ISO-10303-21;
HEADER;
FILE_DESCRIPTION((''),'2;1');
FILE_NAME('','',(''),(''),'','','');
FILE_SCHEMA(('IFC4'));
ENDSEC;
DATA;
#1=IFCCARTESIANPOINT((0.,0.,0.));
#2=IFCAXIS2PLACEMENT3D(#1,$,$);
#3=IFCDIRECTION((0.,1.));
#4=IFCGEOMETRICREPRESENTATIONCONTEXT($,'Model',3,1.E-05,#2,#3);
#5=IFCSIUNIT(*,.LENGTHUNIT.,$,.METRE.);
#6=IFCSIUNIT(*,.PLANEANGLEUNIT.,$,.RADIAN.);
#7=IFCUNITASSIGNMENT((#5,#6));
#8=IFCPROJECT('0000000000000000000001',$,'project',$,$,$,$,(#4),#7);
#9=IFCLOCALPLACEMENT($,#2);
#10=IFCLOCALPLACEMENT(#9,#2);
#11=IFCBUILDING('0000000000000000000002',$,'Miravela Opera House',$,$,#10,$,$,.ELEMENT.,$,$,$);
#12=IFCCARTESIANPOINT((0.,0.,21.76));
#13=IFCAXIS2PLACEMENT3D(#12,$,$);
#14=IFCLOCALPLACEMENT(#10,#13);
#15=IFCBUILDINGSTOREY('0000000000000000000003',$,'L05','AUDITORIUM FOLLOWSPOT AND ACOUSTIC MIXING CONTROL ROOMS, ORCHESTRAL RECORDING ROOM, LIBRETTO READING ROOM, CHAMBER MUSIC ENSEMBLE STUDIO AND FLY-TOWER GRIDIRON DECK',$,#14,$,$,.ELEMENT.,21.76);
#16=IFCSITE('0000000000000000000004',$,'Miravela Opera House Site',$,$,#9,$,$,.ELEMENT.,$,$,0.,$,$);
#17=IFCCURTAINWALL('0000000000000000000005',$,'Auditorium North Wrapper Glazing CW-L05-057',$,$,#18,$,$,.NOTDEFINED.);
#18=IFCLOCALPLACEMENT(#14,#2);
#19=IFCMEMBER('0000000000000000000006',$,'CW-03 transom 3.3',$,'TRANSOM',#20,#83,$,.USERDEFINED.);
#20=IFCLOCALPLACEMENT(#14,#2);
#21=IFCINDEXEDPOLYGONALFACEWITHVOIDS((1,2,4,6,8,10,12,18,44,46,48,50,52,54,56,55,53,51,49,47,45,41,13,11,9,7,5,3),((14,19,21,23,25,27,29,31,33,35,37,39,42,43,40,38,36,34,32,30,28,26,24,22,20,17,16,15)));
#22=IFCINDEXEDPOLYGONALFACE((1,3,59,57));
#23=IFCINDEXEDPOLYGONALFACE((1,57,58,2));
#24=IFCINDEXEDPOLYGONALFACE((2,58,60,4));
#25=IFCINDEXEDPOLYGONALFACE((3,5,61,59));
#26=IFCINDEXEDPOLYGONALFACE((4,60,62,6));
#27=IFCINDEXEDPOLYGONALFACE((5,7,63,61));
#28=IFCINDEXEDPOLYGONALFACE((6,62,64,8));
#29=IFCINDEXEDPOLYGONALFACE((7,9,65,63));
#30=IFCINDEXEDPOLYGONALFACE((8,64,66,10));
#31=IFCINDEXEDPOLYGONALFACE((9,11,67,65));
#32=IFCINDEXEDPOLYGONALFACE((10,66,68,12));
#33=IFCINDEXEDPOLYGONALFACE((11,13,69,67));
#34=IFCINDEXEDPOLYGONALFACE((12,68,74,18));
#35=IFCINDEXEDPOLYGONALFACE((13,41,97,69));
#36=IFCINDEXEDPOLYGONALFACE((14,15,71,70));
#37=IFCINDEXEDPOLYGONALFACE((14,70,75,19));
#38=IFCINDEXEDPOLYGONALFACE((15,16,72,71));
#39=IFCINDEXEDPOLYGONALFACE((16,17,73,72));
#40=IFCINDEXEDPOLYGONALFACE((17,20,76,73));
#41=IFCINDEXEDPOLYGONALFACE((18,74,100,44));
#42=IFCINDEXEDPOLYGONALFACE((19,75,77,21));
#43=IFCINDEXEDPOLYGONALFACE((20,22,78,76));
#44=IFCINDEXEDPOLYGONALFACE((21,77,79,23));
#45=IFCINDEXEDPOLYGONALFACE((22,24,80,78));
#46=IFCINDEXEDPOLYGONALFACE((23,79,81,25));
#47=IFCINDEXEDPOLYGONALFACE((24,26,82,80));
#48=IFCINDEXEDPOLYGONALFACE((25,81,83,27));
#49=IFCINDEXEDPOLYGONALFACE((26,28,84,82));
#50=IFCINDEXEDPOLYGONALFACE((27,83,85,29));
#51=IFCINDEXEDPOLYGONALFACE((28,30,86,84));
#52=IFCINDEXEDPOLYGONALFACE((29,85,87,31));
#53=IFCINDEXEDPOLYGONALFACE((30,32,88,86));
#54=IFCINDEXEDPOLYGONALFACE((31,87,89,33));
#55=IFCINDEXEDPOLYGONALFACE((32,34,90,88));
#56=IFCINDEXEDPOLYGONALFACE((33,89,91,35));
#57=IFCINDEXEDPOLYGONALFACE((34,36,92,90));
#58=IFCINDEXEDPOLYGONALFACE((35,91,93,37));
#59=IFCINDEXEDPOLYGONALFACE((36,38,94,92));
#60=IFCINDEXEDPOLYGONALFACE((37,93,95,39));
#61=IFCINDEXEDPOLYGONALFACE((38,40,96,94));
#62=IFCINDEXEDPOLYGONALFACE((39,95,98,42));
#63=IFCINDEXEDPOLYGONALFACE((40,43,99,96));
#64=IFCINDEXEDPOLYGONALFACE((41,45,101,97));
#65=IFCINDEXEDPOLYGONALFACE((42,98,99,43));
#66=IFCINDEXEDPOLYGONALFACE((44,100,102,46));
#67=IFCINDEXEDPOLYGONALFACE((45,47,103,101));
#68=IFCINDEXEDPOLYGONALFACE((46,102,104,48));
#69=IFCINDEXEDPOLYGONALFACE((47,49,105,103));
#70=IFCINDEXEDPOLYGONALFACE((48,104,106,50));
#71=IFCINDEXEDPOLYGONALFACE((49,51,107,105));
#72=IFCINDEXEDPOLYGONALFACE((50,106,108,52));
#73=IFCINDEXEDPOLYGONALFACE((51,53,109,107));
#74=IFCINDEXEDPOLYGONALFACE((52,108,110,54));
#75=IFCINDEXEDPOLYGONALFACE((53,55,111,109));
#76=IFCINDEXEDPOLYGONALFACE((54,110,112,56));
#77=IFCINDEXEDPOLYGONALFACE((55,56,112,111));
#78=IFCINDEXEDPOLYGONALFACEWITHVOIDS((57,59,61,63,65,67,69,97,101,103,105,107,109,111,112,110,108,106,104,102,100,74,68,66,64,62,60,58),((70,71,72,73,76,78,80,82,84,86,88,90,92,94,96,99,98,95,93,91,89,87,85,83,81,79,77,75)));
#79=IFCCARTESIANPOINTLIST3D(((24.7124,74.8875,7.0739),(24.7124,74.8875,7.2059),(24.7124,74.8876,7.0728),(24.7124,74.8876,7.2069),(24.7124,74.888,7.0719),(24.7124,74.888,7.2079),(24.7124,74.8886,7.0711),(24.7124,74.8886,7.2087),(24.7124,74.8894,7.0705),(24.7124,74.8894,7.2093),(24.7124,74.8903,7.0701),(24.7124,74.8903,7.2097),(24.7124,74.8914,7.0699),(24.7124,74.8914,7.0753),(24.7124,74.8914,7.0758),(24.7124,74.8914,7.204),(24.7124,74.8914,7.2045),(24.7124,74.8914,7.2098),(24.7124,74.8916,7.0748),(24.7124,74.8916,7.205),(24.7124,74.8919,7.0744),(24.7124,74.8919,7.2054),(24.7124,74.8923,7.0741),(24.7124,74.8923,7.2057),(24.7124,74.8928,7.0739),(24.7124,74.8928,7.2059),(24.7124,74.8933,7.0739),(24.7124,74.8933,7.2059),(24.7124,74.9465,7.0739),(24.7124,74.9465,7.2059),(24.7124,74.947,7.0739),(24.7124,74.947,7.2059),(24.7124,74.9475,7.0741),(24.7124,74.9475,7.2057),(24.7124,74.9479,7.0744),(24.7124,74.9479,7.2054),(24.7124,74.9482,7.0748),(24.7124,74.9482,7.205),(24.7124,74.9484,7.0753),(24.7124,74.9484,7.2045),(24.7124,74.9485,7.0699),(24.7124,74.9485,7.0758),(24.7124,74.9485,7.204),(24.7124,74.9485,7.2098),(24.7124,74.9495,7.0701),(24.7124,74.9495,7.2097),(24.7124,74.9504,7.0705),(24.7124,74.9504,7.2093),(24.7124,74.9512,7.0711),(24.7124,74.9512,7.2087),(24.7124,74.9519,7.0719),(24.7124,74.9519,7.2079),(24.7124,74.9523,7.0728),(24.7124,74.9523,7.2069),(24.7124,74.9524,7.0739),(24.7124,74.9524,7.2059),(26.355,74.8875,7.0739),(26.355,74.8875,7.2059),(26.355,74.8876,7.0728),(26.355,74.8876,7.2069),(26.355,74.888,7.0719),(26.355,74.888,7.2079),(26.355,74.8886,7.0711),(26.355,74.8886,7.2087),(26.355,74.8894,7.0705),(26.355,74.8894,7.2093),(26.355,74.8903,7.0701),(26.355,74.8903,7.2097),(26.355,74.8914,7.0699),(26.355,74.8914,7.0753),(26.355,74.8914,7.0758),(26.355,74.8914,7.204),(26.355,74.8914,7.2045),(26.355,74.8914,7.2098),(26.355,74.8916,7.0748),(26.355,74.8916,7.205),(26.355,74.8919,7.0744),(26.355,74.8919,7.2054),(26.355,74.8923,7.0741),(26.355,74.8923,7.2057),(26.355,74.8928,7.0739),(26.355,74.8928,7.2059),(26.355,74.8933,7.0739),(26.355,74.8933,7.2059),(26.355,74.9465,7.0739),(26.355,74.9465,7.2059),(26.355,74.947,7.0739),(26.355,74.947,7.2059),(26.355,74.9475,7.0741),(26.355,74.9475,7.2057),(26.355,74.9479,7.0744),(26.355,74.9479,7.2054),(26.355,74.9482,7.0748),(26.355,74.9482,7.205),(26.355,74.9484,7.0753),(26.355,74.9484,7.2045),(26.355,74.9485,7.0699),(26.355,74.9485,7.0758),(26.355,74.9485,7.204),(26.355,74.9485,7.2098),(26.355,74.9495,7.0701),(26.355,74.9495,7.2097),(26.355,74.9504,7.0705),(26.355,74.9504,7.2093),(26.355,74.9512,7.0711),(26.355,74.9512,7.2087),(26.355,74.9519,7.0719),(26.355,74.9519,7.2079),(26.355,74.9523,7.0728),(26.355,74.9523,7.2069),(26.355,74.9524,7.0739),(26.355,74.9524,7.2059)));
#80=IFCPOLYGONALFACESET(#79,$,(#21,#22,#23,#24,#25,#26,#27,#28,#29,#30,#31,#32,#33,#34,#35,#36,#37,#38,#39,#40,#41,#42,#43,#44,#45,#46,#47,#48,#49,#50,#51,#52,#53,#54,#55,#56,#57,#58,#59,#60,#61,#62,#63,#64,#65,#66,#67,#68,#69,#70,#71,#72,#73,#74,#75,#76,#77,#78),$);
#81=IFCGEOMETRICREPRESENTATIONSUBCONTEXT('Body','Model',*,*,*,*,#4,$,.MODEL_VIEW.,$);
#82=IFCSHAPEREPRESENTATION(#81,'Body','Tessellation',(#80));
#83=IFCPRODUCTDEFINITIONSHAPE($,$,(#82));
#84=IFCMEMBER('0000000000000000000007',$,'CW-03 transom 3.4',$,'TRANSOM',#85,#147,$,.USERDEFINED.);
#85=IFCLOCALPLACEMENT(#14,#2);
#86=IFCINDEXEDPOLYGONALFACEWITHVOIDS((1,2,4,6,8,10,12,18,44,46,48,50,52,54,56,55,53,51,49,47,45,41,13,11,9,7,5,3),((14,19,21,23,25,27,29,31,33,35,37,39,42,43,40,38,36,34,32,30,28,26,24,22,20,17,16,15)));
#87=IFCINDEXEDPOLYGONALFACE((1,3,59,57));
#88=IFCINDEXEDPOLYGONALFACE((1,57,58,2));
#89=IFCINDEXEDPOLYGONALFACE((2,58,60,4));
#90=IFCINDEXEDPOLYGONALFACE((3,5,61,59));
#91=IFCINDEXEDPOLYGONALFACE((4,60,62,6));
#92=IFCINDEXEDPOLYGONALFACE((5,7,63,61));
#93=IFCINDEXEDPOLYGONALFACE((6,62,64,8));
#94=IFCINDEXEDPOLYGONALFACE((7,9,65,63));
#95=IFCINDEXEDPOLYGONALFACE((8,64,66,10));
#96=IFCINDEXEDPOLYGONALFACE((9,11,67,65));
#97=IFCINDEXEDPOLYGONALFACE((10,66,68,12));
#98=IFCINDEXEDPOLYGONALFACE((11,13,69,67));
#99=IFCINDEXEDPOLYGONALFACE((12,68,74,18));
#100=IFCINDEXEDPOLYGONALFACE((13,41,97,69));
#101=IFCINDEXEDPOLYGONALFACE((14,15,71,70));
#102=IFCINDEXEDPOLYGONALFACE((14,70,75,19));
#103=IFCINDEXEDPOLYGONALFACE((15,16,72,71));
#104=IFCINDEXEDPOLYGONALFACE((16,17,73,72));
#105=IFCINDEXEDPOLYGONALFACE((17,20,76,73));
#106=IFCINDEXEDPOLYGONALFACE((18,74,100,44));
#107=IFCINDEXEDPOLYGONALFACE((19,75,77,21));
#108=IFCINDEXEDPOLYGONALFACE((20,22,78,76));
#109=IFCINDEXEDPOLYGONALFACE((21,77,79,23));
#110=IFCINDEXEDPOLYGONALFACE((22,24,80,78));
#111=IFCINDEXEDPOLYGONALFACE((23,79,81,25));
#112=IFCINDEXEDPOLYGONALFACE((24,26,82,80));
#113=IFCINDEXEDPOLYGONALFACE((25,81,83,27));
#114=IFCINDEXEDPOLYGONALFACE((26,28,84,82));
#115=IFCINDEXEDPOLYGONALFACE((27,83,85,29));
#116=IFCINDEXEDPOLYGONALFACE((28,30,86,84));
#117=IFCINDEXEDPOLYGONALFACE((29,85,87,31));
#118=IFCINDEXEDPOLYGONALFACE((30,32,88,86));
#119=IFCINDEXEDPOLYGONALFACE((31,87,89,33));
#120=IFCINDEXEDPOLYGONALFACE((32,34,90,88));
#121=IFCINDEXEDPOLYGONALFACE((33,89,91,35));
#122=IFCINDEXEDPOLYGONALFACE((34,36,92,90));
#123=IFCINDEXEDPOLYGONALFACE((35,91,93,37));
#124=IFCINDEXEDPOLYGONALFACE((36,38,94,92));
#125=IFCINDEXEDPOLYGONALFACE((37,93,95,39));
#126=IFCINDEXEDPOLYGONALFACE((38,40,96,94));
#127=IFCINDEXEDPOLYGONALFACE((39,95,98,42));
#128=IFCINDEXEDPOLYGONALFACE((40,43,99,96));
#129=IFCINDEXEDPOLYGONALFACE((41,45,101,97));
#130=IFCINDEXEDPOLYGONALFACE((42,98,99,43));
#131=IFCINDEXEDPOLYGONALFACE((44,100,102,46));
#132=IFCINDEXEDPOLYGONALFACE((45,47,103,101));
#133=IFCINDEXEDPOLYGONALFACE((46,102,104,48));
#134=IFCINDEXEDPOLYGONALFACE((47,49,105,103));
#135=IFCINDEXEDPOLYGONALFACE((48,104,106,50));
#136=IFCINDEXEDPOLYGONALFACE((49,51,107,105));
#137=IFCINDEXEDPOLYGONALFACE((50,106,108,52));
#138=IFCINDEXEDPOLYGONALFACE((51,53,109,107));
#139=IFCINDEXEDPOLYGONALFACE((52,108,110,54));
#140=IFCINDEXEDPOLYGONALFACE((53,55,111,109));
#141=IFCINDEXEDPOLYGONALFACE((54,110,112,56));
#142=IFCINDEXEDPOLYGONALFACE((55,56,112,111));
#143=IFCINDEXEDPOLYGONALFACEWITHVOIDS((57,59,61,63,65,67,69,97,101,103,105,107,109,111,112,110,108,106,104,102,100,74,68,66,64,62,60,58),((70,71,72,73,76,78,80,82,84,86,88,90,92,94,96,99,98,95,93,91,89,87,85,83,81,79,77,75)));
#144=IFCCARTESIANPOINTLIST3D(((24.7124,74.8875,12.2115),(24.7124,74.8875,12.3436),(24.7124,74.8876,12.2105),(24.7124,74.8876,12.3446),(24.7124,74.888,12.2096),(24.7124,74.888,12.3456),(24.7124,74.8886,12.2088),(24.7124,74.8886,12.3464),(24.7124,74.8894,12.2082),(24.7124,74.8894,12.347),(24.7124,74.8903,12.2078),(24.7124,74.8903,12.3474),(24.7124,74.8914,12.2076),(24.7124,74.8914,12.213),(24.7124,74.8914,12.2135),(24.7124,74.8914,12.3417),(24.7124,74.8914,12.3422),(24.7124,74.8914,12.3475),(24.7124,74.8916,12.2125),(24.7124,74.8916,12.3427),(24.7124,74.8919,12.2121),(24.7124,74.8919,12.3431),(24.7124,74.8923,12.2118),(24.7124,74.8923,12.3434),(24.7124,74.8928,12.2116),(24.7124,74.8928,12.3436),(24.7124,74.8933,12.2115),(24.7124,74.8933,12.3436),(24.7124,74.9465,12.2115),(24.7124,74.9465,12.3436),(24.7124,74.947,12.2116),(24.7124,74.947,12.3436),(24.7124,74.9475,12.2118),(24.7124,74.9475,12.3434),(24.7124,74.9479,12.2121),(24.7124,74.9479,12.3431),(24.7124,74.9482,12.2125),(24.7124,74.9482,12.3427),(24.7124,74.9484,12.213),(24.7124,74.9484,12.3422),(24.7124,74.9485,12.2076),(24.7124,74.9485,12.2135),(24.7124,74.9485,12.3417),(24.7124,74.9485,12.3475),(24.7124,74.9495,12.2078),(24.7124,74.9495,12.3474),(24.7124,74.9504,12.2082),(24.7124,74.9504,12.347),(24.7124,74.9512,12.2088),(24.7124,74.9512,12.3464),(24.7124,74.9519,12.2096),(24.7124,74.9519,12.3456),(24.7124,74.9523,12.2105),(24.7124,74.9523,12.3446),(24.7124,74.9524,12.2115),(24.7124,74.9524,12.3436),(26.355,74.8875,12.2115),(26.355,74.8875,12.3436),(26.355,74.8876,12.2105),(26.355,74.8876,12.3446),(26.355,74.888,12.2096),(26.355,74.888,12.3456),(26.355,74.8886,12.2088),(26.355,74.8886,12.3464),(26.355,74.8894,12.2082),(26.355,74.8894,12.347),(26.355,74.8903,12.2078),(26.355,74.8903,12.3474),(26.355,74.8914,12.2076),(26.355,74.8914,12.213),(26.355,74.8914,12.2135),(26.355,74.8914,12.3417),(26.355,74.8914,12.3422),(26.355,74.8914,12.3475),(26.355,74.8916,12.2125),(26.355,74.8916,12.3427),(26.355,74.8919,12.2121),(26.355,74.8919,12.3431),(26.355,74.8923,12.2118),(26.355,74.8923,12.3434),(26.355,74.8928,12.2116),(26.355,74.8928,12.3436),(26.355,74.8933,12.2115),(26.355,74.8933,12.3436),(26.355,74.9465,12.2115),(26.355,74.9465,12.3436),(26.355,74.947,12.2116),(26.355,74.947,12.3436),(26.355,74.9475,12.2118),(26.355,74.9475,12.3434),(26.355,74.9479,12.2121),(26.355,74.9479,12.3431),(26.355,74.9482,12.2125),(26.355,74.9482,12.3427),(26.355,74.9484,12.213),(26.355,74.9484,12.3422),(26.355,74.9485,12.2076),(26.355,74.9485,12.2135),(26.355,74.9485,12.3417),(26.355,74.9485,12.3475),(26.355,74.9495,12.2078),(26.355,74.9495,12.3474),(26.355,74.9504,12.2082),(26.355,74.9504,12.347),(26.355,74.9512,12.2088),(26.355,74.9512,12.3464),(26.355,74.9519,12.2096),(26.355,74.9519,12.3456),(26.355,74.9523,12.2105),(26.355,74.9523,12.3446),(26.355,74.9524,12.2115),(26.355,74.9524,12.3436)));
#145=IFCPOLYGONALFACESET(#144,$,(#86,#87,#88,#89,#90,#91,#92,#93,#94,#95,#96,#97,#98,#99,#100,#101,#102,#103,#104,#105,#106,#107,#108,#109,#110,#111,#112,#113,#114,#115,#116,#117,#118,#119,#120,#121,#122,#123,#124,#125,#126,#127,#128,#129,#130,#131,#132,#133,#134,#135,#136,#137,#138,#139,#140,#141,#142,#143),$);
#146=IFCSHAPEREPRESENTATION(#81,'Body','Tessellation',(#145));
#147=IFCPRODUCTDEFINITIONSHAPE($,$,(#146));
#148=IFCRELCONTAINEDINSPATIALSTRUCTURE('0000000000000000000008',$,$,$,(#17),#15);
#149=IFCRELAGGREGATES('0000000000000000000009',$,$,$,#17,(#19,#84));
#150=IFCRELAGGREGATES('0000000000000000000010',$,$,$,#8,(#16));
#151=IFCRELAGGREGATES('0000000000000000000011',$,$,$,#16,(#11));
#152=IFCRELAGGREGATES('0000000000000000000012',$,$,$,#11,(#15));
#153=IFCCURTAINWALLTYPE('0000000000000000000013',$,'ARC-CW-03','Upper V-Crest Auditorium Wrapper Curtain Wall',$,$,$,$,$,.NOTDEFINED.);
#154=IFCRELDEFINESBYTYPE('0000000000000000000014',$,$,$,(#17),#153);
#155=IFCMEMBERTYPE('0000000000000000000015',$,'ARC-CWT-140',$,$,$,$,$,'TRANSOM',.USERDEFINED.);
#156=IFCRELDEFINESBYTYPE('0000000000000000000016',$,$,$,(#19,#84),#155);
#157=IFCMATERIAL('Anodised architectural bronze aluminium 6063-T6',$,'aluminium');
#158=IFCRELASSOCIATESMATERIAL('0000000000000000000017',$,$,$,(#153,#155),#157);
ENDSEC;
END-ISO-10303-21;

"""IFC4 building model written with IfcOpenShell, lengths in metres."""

from ifc_helpers import new_model, si_unit, direction, frame, origin, origin_2d, place, context, subcontext, project, spatial, hollow_rectangle, extrude, material, material_profile, profile_set, type_object, element, aggregate, save


model = new_model("IFC4")

# Units and contexts
model_context = context("Model", 3, precision=1e-05, world=origin(), true_north=direction((0.0, 1.0)))
body_context = subcontext(model_context, "Body", "Model", "MODEL_VIEW")
ifc_project = project(units=[si_unit("LENGTHUNIT", "METRE"), si_unit("PLANEANGLEUNIT", "RADIAN")], contexts=[model_context])

# Site, building, storey
site_placement = place(None, origin())
site = spatial("IfcSite", under=ifc_project, at=site_placement, Name="Miravela Opera House Site", CompositionType="ELEMENT", RefElevation=0.0)
building_placement = place(site_placement, origin())
building = spatial("IfcBuilding", under=site, at=building_placement, Name="Miravela Opera House", CompositionType="ELEMENT")
storey_placement = place(building_placement, frame((0.0, 0.0, 21.76)))
storey = spatial("IfcBuildingStorey", under=building, at=storey_placement, Name="L05", Description="AUDITORIUM FOLLOWSPOT AND ACOUSTIC MIXING CONTROL ROOMS, ORCHESTRAL RECORDING ROOM, LIBRETTO READING ROOM, CHAMBER MUSIC ENSEMBLE STUDIO AND FLY-TOWER GRIDIRON DECK", CompositionType="ELEMENT", Elevation=21.76)

# Curtain wall, members
ifc_material_1 = material(Name="Anodised architectural bronze aluminium 6063-T6", Category="aluminium")
curtain_wall_type = type_object("IfcCurtainWallType", Name="ARC-CW-03", Description="Upper V-Crest Auditorium Wrapper Curtain Wall", PredefinedType="NOTDEFINED", material=ifc_material_1)
curtain_wall_1_placement = place(storey_placement, origin())
curtain_wall_1 = element("IfcCurtainWall", 1, at=curtain_wall_1_placement, inside=storey, type_object=curtain_wall_type, Name="Auditorium North Wrapper Glazing CW-L05-057", PredefinedType="NOTDEFINED")
ifc_material_profile = material_profile(ifc_material_1, hollow_rectangle(XDim=0.0649, YDim=0.1399, WallThickness=0.0039, InnerFilletRadius=0.002, OuterFilletRadius=0.0039, at=origin_2d()), Name="CWT-65X140")
ifc_profile_set = profile_set([ifc_material_profile])
member_type = type_object("IfcMemberType", Name="ARC-CWT-140", ElementType="TRANSOM", PredefinedType="USERDEFINED", material=ifc_profile_set)
member_1_placement = place(storey_placement, frame((24.7124, 74.9199, 7.1399), z_axis=(1.0, 0.0, 0.0), x_axis=(0.0, 1.0, 0.0)))
member_1 = element("IfcMember", 2, at=member_1_placement, type_object=member_type, Name="CW-03 transom 3.3", ObjectType="TRANSOM", PredefinedType="USERDEFINED", context=body_context, shape_type="SweptSolid", body=[
    extrude(hollow_rectangle(XDim=0.0649, YDim=0.1399, WallThickness=0.0039, InnerFilletRadius=0.002, OuterFilletRadius=0.0039, at=origin_2d()), origin(), (0.0, 0.0, 1.0), 1.6426),
])
member_2_placement = place(storey_placement, frame((24.7124, 74.9199, 12.2776), z_axis=(1.0, 0.0, 0.0), x_axis=(0.0, 1.0, 0.0)))
member_2 = element("IfcMember", 3, at=member_2_placement, type_object=member_type, Name="CW-03 transom 3.4", ObjectType="TRANSOM", PredefinedType="USERDEFINED", context=body_context, shape_type="SweptSolid", body=[
    extrude(hollow_rectangle(XDim=0.0649, YDim=0.1399, WallThickness=0.0039, InnerFilletRadius=0.002, OuterFilletRadius=0.0039, at=origin_2d()), origin(), (0.0, 0.0, 1.0), 1.6426),
])

aggregate(curtain_wall_1, [member_1, member_2])

save(model, "model.ifc")
